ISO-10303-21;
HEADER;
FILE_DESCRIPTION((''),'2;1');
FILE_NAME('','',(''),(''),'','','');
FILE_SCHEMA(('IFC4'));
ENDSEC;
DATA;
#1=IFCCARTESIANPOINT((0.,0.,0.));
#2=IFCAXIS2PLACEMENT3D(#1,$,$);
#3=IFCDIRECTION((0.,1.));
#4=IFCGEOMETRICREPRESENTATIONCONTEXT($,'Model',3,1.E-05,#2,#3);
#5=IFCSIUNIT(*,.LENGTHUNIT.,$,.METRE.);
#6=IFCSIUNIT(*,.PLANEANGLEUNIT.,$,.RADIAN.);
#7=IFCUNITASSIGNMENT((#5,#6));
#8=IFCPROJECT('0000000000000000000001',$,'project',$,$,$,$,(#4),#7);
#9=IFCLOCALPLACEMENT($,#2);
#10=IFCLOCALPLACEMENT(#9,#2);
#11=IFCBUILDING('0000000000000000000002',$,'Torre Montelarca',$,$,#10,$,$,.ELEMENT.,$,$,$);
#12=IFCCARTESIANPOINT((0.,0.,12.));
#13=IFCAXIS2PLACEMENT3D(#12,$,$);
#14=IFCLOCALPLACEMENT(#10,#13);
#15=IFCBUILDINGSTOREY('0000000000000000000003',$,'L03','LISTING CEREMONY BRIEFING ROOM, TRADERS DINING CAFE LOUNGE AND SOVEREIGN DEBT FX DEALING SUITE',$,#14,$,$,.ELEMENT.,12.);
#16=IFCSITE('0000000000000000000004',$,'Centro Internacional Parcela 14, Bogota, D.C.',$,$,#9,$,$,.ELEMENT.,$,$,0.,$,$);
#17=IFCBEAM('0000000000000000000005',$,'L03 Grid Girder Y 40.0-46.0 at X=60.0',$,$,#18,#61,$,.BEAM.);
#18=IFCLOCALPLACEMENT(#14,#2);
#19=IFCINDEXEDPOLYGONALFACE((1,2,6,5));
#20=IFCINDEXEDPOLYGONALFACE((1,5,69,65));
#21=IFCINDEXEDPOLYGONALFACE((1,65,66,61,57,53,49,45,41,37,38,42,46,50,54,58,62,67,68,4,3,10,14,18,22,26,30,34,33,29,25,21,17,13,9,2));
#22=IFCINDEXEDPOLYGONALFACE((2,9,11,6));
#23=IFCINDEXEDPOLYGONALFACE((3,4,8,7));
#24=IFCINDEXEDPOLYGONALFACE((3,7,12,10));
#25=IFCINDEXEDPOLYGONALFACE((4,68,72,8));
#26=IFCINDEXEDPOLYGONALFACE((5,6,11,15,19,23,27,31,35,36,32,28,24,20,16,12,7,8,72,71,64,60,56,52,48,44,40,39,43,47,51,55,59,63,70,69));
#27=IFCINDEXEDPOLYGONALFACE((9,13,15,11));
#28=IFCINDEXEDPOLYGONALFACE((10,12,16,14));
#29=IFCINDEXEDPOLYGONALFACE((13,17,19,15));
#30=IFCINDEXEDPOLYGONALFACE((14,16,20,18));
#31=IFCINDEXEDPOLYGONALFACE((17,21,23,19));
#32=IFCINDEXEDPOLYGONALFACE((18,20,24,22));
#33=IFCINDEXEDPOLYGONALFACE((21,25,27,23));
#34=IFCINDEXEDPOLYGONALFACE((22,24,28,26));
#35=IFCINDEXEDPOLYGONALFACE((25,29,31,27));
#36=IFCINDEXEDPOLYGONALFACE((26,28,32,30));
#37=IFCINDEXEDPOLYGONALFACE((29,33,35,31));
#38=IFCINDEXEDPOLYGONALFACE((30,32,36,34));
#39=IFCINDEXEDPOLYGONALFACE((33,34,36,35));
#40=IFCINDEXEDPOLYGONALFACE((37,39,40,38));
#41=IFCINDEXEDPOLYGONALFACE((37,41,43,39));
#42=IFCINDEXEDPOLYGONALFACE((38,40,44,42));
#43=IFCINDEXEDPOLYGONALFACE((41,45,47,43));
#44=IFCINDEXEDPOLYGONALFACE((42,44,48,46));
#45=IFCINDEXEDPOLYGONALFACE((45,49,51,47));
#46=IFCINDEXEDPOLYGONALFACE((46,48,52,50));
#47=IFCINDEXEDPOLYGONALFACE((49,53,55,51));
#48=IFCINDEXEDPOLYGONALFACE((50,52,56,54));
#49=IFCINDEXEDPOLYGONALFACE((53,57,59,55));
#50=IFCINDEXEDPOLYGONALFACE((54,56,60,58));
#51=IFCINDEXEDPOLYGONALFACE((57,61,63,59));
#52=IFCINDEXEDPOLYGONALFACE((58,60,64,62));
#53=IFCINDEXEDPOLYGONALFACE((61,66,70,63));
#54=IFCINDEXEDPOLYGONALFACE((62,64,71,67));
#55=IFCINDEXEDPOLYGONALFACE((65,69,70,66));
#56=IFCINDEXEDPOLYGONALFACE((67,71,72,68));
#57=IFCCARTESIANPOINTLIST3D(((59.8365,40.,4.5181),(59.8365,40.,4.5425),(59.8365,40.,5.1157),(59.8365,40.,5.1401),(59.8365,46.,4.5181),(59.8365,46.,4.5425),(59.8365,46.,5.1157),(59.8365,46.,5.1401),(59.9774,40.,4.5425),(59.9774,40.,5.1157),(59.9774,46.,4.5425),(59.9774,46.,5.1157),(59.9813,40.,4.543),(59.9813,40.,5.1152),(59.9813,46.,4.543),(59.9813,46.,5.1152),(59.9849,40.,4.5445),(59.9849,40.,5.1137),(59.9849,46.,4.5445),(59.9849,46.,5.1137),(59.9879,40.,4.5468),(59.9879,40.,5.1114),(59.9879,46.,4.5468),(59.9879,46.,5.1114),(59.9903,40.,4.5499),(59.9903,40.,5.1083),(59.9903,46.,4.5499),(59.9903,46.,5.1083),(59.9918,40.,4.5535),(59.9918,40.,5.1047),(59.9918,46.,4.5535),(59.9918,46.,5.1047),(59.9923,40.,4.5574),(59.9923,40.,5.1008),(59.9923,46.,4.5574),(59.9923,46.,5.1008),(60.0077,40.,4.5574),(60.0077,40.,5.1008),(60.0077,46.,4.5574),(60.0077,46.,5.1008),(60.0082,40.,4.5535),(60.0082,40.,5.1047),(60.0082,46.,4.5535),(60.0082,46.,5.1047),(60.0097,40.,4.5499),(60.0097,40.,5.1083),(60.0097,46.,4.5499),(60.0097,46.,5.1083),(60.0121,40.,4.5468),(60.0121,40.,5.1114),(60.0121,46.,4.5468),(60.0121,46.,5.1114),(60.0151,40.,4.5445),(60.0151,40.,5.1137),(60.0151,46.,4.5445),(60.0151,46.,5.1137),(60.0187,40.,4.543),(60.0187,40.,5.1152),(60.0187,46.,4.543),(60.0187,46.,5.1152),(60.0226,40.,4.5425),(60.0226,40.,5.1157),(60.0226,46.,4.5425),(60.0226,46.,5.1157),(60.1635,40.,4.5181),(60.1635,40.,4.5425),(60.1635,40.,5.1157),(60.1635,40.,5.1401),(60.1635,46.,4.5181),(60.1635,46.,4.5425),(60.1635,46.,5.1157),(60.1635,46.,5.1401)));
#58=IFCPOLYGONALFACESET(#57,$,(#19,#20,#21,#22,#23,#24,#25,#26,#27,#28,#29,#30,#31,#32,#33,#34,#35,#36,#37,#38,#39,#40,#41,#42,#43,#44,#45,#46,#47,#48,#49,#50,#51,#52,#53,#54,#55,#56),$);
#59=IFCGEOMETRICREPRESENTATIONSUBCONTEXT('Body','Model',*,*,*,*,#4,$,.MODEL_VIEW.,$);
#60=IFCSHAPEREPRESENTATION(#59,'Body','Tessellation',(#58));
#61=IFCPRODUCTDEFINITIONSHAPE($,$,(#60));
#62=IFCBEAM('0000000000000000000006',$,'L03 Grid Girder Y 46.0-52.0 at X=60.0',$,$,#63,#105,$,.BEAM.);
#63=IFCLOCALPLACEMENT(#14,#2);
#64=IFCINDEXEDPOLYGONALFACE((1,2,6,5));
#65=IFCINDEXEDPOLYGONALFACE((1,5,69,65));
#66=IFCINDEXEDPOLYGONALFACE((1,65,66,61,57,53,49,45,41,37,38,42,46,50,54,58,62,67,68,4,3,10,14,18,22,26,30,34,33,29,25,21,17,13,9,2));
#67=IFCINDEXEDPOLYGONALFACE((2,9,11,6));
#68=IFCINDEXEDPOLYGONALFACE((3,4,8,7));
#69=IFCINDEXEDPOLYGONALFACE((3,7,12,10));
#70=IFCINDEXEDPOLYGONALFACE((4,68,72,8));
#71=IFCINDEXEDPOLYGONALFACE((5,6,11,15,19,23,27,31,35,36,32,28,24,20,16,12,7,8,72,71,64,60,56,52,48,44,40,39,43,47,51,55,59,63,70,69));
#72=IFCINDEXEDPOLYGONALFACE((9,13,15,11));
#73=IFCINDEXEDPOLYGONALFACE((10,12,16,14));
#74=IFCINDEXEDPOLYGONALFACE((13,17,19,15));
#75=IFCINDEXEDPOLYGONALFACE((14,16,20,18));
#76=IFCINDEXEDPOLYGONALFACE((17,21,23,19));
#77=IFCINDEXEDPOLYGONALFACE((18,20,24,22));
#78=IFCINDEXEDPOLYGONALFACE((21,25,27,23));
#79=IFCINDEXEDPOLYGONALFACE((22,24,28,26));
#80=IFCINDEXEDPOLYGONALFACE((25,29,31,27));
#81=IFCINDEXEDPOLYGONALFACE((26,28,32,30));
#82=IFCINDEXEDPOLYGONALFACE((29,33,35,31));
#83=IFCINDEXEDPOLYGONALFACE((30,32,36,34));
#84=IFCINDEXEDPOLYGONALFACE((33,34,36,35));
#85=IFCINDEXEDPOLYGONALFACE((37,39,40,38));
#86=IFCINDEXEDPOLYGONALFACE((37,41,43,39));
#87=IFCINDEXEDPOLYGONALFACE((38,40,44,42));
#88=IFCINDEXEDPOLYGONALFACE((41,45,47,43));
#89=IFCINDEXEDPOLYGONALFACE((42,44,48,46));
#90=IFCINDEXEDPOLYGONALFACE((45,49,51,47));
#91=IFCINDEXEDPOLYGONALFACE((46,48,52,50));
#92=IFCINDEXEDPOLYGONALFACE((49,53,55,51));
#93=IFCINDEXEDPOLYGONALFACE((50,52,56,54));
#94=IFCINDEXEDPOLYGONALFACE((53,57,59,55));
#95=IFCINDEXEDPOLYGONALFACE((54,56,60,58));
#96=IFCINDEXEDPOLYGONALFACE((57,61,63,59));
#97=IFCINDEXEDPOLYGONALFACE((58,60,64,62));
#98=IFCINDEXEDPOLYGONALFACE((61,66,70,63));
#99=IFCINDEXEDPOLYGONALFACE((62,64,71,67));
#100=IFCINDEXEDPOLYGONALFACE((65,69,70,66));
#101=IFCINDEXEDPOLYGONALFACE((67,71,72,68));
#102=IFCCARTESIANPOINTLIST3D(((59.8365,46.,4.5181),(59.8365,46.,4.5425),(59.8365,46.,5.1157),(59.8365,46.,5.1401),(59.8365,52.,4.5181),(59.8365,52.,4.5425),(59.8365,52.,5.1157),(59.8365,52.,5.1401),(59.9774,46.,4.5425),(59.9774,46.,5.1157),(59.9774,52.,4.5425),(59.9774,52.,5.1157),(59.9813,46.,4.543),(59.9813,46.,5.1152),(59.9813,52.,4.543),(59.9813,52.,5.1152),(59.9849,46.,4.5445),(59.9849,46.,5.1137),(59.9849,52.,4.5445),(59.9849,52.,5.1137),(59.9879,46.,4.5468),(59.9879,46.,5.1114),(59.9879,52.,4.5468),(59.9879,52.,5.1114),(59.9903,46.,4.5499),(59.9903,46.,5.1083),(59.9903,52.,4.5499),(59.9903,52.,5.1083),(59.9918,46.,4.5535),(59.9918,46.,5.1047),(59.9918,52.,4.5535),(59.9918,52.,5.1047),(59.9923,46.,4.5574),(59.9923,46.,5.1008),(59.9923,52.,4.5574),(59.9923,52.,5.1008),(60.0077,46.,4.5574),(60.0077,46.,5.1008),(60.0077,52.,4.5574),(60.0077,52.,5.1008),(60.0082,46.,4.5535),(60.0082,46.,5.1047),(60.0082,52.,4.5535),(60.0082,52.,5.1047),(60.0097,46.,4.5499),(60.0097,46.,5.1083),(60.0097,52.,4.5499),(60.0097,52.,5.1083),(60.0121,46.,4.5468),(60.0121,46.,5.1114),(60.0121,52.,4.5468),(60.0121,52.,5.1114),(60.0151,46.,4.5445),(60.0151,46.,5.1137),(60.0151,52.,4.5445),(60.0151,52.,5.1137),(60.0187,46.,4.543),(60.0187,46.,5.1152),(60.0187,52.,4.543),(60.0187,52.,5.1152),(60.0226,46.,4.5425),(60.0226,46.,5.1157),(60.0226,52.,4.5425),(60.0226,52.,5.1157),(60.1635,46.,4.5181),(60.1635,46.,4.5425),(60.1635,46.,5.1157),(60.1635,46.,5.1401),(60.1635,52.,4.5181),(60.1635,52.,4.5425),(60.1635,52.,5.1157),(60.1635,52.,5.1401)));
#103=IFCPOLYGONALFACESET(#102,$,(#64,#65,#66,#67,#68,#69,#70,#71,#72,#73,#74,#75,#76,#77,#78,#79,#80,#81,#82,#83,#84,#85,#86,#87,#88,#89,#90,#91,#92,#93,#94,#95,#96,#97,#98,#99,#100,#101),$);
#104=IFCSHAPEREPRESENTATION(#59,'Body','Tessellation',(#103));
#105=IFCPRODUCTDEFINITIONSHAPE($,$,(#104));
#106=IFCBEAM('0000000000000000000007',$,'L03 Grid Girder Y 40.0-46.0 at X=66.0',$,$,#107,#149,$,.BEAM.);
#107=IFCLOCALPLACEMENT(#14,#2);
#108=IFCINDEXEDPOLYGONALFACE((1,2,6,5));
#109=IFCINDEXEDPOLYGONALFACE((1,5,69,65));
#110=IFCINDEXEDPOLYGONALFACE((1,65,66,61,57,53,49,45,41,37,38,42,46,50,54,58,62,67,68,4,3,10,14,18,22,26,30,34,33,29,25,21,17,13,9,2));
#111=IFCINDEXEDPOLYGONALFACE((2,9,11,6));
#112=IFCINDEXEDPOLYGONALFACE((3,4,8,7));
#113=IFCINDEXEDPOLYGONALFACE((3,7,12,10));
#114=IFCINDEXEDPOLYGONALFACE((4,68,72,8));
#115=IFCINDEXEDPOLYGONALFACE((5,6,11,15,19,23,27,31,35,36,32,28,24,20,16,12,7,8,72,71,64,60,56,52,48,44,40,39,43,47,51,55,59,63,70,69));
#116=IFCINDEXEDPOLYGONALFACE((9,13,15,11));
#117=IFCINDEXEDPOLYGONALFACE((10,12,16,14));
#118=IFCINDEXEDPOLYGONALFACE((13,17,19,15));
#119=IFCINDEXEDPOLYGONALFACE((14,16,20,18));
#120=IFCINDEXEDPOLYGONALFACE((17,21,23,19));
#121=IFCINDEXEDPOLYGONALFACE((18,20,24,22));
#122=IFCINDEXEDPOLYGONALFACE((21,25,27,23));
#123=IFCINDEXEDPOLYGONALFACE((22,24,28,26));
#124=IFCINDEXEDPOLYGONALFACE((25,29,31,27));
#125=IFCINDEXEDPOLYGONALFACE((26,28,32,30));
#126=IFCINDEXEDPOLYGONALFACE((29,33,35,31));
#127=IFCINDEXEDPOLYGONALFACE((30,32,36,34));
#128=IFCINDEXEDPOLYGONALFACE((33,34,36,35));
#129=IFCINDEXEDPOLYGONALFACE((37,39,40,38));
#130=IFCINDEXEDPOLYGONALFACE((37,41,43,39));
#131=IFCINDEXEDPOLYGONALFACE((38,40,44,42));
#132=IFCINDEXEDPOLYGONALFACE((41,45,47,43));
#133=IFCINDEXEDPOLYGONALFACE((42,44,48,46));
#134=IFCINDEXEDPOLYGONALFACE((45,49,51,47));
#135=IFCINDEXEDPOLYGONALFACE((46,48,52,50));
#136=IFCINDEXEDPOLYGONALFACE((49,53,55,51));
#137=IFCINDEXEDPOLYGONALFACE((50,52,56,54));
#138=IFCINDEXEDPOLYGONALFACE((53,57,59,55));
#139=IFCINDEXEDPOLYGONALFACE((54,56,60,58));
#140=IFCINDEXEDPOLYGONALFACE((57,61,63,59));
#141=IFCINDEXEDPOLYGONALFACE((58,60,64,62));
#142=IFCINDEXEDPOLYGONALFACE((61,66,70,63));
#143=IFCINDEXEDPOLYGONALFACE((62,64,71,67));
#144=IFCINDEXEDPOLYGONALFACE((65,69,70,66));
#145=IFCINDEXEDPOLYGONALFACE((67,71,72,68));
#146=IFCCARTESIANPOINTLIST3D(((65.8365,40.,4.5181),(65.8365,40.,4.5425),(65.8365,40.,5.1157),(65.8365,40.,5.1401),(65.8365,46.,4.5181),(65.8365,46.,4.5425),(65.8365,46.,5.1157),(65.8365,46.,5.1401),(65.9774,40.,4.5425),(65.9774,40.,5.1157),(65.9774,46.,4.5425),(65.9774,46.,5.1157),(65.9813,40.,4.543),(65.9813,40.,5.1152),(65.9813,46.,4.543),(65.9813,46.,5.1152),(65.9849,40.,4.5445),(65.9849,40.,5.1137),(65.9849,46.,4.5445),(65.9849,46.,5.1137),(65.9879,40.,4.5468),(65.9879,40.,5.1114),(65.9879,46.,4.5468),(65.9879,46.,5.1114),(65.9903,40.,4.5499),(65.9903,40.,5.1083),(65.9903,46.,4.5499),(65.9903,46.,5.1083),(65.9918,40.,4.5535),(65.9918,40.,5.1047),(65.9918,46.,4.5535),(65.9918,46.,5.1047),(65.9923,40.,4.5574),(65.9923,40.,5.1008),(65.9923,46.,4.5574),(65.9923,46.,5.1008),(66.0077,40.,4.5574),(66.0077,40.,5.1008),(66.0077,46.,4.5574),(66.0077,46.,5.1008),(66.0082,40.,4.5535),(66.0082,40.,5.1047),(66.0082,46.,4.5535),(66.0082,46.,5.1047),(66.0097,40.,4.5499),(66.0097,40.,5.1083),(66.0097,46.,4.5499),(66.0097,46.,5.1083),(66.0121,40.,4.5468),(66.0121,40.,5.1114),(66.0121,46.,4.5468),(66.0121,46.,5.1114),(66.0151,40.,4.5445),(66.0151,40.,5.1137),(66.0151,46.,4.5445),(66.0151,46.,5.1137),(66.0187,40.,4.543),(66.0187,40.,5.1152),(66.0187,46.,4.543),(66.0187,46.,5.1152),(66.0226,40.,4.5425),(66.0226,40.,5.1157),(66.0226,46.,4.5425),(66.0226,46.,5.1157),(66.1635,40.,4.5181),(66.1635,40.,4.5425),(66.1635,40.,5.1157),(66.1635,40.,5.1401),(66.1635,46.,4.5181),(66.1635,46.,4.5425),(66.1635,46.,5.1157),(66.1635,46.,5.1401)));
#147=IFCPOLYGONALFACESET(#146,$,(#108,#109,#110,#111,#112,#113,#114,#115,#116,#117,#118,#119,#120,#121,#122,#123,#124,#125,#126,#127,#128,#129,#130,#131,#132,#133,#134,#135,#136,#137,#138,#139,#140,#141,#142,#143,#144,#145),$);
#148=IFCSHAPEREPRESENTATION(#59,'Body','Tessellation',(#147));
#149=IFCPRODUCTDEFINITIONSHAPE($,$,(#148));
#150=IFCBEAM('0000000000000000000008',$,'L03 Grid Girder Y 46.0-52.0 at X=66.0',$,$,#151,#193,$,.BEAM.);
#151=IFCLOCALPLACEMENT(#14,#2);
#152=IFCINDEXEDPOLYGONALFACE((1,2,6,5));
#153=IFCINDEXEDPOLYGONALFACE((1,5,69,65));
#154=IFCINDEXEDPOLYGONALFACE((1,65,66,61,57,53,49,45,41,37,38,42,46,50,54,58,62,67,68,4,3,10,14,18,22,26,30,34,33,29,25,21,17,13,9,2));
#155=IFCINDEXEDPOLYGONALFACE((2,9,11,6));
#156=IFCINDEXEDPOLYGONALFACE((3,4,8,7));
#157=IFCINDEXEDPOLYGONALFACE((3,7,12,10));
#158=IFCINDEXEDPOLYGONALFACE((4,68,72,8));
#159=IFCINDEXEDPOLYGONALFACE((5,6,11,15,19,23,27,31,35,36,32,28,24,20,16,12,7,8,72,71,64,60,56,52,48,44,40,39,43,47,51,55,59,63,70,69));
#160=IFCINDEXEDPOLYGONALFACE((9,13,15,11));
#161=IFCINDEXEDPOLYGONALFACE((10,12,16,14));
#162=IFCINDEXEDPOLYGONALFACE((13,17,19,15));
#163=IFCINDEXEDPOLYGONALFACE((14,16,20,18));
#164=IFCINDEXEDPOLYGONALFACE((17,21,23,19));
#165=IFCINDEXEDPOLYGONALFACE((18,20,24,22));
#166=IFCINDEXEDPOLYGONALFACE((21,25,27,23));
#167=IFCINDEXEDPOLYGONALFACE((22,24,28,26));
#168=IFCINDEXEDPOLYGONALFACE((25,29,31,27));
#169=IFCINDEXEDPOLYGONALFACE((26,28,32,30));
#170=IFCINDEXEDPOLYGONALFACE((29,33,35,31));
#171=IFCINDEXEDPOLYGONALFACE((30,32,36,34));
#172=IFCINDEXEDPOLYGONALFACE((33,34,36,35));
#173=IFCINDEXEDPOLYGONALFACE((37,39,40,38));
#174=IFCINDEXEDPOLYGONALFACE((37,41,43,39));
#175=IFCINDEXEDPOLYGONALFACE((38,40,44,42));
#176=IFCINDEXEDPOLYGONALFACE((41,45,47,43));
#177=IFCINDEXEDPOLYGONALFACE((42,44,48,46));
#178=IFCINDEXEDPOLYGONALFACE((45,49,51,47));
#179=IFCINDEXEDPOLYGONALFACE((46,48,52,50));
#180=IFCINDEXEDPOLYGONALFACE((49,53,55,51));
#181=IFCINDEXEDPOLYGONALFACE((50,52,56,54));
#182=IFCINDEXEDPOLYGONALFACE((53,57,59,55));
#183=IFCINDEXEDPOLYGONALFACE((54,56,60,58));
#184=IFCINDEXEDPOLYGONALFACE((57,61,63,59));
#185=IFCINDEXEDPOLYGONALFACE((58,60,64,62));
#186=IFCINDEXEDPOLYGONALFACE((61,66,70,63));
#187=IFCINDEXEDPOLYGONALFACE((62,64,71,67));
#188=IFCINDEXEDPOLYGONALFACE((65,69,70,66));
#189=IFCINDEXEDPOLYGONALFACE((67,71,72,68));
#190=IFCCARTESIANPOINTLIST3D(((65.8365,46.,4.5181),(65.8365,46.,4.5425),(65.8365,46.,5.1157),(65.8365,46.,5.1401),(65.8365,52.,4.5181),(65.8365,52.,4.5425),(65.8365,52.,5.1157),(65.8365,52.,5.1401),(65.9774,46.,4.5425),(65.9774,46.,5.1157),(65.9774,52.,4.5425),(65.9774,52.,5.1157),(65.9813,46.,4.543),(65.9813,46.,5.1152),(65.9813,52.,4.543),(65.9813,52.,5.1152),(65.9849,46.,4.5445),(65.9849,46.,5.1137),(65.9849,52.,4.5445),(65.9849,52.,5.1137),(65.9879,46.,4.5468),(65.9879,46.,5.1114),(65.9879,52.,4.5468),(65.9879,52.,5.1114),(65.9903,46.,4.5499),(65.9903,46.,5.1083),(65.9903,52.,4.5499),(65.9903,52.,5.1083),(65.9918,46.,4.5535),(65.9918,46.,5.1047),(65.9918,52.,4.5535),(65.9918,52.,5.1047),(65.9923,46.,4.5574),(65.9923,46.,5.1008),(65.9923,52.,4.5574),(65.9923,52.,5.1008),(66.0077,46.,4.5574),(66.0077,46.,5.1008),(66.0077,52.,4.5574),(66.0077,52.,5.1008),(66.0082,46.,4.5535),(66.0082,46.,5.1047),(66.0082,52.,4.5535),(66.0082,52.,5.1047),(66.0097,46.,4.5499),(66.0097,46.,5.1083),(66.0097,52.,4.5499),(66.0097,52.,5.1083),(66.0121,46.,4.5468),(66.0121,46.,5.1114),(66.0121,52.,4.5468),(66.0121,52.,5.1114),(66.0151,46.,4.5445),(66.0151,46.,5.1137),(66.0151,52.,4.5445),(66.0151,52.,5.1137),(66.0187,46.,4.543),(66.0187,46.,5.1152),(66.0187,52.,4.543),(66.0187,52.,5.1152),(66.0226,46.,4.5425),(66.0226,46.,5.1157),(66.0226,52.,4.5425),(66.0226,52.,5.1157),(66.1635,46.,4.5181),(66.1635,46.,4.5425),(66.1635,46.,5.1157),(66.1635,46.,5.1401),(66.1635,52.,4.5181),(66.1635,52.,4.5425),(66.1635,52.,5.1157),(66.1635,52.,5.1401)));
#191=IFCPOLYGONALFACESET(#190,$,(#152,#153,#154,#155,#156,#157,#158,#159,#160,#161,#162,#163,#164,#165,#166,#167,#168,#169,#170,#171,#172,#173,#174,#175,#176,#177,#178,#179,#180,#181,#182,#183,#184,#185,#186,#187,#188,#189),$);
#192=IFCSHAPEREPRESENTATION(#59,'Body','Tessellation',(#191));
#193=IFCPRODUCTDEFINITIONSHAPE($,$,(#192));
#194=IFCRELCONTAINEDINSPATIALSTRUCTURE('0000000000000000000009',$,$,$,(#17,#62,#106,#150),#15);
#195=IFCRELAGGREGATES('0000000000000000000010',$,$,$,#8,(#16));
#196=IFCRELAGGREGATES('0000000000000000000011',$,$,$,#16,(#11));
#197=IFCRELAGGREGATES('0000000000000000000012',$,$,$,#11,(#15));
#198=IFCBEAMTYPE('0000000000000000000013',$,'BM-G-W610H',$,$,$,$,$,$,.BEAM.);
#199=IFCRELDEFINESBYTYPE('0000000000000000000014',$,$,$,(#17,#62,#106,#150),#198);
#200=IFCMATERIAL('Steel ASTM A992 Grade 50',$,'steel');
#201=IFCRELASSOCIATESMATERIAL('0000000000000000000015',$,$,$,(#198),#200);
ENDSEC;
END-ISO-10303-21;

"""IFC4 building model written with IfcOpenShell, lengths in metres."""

from ifc_helpers import new_model, si_unit, direction, frame, origin, origin_2d, place, context, subcontext, project, spatial, i_section, extrude, source, transform, mapped, material, material_profile, profile_set, type_object, element, save


model = new_model("IFC4")

# Units and contexts
model_context = context("Model", 3, precision=1e-05, world=origin(), true_north=direction((0.0, 1.0)))
body_context = subcontext(model_context, "Body", "Model", "MODEL_VIEW")
ifc_project = project(units=[si_unit("LENGTHUNIT", "METRE"), si_unit("PLANEANGLEUNIT", "RADIAN")], contexts=[model_context])

# Site, building, storey
site_placement = place(None, origin())
site = spatial("IfcSite", under=ifc_project, at=site_placement, Name="Centro Internacional Parcela 14, Bogota, D.C.", CompositionType="ELEMENT", RefElevation=0.0)
building_placement = place(site_placement, origin())
building = spatial("IfcBuilding", under=site, at=building_placement, Name="Torre Montelarca", CompositionType="ELEMENT")
storey_placement = place(building_placement, frame((0.0, 0.0, 12.0)))
storey = spatial("IfcBuildingStorey", under=building, at=storey_placement, Name="L03", Description="LISTING CEREMONY BRIEFING ROOM, TRADERS DINING CAFE LOUNGE AND SOVEREIGN DEBT FX DEALING SUITE", CompositionType="ELEMENT", Elevation=12.0)

# Shared definitions
ifc_material_1 = material(Name="Steel ASTM A992 Grade 50", Category="steel")

# Beams
ifc_material_profile_1 = material_profile(ifc_material_1, i_section(OverallWidth=0.3269, OverallDepth=0.6221, WebThickness=0.0154, FlangeThickness=0.0244, FilletRadius=0.0149, at=origin_2d()), Name="W610X195", Category="steel")
ifc_profile_set_1 = profile_set([ifc_material_profile_1], Name="Steel ASTM A992 Grade 50")
beam_type_1 = type_object("IfcBeamType", Name="BM-G-W610H", PredefinedType="BEAM", material=ifc_profile_set_1)
shared_shape_1 = source(origin(), body_context, "Body", "SweptSolid", [
    extrude(i_section(OverallWidth=0.3269, OverallDepth=0.6221, WebThickness=0.0154, FlangeThickness=0.0244, FilletRadius=0.0149, at=origin_2d()), origin(), (0.0, 0.0, 1.0), 6.0),
])
for number, where, z_axis, x_axis, name in (
    (1, (60.0, 40.0, 4.8291), (0.0, 1.0, 0.0), (-1.0, 0.0, 0.0), "L03 Grid Girder Y 40.0-46.0 at X=60.0"),
    (2, (60.0, 46.0, 4.8291), (0.0, 1.0, 0.0), (-1.0, 0.0, 0.0), "L03 Grid Girder Y 46.0-52.0 at X=60.0"),
    (3, (66.0, 40.0, 4.8291), (0.0, 1.0, 0.0), (-1.0, 0.0, 0.0), "L03 Grid Girder Y 40.0-46.0 at X=66.0"),
    (4, (66.0, 46.0, 4.8291), (0.0, 1.0, 0.0), (-1.0, 0.0, 0.0), "L03 Grid Girder Y 46.0-52.0 at X=66.0"),
):
    element("IfcBeam", number, at=place(storey_placement, frame(where, z_axis=z_axis, x_axis=x_axis)), inside=storey, type_object=beam_type_1, Name=name, PredefinedType="BEAM", context=body_context, shape_type="MappedRepresentation", body=[
        mapped(shared_shape_1, transform((0.0, 0.0, 0.0), scale=1.0)),
    ])

save(model, "model.ifc")
